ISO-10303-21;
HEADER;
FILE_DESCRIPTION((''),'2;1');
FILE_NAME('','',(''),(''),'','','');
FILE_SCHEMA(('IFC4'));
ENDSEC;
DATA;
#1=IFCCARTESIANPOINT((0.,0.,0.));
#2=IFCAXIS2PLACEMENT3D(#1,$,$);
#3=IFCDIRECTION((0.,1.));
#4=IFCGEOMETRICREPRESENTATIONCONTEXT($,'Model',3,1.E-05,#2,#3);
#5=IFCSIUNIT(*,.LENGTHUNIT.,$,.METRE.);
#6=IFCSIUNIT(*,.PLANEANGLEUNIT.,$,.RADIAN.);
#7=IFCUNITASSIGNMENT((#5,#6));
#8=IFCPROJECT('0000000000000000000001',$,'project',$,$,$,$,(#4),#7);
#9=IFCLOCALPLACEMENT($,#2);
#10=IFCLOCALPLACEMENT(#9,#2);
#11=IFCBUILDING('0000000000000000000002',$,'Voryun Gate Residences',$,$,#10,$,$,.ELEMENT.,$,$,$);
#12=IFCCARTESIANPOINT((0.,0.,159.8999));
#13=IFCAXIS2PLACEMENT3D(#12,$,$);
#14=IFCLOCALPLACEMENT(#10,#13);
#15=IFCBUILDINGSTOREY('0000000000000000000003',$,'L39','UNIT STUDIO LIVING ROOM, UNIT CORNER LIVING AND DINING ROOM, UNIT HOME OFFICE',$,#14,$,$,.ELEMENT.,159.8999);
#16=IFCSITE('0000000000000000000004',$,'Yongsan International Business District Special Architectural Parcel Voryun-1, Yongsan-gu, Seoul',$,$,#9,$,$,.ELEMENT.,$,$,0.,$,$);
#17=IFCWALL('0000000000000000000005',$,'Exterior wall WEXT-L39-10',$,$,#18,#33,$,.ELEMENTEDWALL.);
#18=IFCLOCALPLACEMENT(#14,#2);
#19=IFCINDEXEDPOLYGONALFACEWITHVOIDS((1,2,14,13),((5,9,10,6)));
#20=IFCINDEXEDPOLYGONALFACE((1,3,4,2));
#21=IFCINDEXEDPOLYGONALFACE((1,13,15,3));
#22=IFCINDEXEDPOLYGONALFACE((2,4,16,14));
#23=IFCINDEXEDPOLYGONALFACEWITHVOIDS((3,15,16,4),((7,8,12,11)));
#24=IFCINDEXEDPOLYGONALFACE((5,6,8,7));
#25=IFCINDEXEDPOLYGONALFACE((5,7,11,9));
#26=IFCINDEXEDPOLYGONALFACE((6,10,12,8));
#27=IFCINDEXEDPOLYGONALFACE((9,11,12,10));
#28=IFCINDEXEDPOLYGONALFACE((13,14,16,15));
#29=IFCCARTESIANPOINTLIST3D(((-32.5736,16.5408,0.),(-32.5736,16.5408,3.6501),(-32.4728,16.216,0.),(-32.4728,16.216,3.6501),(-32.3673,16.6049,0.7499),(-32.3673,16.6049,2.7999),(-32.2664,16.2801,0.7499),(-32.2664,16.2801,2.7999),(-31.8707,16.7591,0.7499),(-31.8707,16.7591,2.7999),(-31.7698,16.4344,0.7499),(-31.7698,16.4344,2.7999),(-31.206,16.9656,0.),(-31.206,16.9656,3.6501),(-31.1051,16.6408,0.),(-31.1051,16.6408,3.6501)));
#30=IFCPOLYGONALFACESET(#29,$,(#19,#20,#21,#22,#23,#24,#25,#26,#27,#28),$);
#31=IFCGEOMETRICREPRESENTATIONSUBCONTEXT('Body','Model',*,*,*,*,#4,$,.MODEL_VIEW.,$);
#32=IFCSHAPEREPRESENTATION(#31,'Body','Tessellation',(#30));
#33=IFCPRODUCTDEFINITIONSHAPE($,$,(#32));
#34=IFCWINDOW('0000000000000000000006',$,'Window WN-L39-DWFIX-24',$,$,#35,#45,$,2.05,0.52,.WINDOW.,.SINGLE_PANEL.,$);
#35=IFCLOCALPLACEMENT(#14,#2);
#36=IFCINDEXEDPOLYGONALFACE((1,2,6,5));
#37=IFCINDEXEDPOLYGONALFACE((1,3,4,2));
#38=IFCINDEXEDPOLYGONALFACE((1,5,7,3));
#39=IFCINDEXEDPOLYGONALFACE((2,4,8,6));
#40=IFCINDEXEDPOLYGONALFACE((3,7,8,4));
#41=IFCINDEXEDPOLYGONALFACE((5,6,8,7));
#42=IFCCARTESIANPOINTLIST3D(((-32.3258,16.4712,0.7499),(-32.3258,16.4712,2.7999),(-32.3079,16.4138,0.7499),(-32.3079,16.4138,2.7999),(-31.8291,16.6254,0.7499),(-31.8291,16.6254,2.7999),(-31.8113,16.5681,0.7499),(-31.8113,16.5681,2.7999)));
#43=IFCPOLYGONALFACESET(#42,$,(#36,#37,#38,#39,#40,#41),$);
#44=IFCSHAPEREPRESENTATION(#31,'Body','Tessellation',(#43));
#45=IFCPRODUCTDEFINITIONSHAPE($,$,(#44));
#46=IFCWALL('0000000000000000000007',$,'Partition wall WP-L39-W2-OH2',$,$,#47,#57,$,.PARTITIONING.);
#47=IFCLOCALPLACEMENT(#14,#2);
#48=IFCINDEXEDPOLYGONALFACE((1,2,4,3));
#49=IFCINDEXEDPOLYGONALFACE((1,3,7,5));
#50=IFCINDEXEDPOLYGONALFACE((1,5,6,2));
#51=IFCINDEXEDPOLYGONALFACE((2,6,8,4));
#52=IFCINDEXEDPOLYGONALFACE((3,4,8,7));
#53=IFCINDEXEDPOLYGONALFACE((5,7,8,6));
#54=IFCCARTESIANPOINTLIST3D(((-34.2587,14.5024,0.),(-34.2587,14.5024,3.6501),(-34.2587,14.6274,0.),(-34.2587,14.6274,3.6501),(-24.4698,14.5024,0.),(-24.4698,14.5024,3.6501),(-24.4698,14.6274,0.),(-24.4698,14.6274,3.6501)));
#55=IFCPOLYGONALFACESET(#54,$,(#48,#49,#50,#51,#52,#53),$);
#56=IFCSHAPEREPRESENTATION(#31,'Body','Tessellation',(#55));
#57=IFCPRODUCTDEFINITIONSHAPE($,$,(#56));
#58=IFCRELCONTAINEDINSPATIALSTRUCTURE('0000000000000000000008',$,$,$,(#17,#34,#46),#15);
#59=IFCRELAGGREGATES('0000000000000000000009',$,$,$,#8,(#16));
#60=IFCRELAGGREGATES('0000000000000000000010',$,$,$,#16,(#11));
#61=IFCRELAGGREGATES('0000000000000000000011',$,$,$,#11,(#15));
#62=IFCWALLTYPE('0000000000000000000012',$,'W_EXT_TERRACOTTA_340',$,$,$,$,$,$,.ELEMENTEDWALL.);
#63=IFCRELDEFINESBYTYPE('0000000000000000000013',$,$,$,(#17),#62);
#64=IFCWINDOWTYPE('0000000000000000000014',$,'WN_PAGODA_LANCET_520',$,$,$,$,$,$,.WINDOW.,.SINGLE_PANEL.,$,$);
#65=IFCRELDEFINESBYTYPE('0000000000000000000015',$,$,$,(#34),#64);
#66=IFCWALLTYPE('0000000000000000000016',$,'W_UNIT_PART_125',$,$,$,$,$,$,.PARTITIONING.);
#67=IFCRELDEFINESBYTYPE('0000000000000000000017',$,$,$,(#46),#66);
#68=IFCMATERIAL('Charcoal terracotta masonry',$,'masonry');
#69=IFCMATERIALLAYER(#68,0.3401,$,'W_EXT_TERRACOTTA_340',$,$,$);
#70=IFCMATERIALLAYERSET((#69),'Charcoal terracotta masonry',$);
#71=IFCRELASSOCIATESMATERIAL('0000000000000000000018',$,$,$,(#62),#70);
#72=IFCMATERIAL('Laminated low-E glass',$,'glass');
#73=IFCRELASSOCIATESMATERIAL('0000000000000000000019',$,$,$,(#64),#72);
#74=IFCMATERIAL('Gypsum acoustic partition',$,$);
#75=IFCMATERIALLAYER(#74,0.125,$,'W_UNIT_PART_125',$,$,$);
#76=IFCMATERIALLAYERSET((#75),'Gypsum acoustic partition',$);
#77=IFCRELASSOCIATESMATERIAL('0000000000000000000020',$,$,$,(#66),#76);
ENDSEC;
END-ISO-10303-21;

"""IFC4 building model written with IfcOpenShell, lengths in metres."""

from ifc_helpers import new_model, si_unit, direction, frame, frame_2d, origin, place, context, subcontext, project, spatial, rectangle, extrude, material, layer, layer_set, type_object, element, fill, save


model = new_model("IFC4")

# Units and contexts
model_context = context("Model", 3, precision=1e-05, world=origin(), true_north=direction((0.0, 1.0)))
body_context = subcontext(model_context, "Body", "Model", "MODEL_VIEW")
ifc_project = project(units=[si_unit("LENGTHUNIT", "METRE"), si_unit("PLANEANGLEUNIT", "RADIAN")], contexts=[model_context])

# Site, building, storey
site_placement = place(None, origin())
site = spatial("IfcSite", under=ifc_project, at=site_placement, Name="Yongsan International Business District Special Architectural Parcel Voryun-1, Yongsan-gu, Seoul", CompositionType="ELEMENT", RefElevation=0.0)
building_placement = place(site_placement, origin())
building = spatial("IfcBuilding", under=site, at=building_placement, Name="Voryun Gate Residences", CompositionType="ELEMENT")
storey_placement = place(building_placement, frame((0.0, 0.0, 159.8999)))
storey = spatial("IfcBuildingStorey", under=building, at=storey_placement, Name="L39", Description="UNIT STUDIO LIVING ROOM, UNIT CORNER LIVING AND DINING ROOM, UNIT HOME OFFICE", CompositionType="ELEMENT", Elevation=159.8999)

# Shared definitions
ifc_material_1 = material(Name="Charcoal terracotta masonry", Category="masonry")
ifc_layer_1 = layer(ifc_material_1, 0.3401, Name="W_EXT_TERRACOTTA_340")
ifc_layer_set_1 = layer_set([ifc_layer_1], Name="Charcoal terracotta masonry")
wall_type_1 = type_object("IfcWallType", Name="W_EXT_TERRACOTTA_340", PredefinedType="ELEMENTEDWALL", material=ifc_layer_set_1)

# Wall, opening, window
wall_1_placement = place(storey_placement, frame((-32.5232, 16.3784, 0.0), z_axis=(0.0, 0.0, 1.0), x_axis=(0.954994, 0.296624, 0.0)))
wall_1 = element("IfcWall", 1, at=wall_1_placement, inside=storey, type_object=wall_type_1, Name="Exterior wall WEXT-L39-10", PredefinedType="ELEMENTEDWALL", context=body_context, shape_type="SweptSolid", body=[
    extrude(rectangle(XDim=1.4321, YDim=0.3401, at=frame_2d((0.7161, 0.0))), origin(), (0.0, 0.0, 1.0), 3.6501),
])
opening_1_placement = place(wall_1_placement, frame((0.2161, 0.0, 0.75)))
opening_1 = element("IfcOpeningElement", 2, at=opening_1_placement, cuts=wall_1, PredefinedType="OPENING", context=body_context, shape_type="SweptSolid", body=[
    extrude(rectangle(XDim=0.52, YDim=2.05, at=frame_2d((0.26, 1.0249))), frame((0.0, 0.1799, 0.0), z_axis=(0.0, -1.0, 0.0), x_axis=(1.0, 0.0, 0.0)), (0.0, 0.0, 1.0), 0.3601),
])
ifc_material_2 = material(Name="Laminated low-E glass", Category="glass")
window_type_1 = type_object("IfcWindowType", Name="WN_PAGODA_LANCET_520", PartitioningType="SINGLE_PANEL", PredefinedType="WINDOW", material=ifc_material_2)
window_1_placement = place(opening_1_placement, origin())
window_1 = element("IfcWindow", 3, at=window_1_placement, inside=storey, type_object=window_type_1, Name="Window WN-L39-DWFIX-24", OverallHeight=2.05, OverallWidth=0.52, PartitioningType="SINGLE_PANEL", PredefinedType="WINDOW", context=body_context, shape_type="SweptSolid", body=[
    extrude(rectangle(XDim=0.52, YDim=2.05, at=frame_2d((0.26, 1.0249))), frame((0.0, 0.03, 0.0), z_axis=(0.0, -1.0, 0.0), x_axis=(1.0, 0.0, 0.0)), (0.0, 0.0, 1.0), 0.0601),
])
fill(opening_1, window_1)

# Wall
ifc_material_3 = material(Name="Gypsum acoustic partition")
ifc_layer_2 = layer(ifc_material_3, 0.125, Name="W_UNIT_PART_125")
ifc_layer_set_2 = layer_set([ifc_layer_2], Name="Gypsum acoustic partition")
wall_type_2 = type_object("IfcWallType", Name="W_UNIT_PART_125", PredefinedType="PARTITIONING", material=ifc_layer_set_2)
wall_2_placement = place(storey_placement, frame((-34.2588, 14.5649, 0.0), z_axis=(0.0, 0.0, 1.0), x_axis=(1.0, 0.0, 0.0)))
element("IfcWall", 4, at=wall_2_placement, inside=storey, type_object=wall_type_2, Name="Partition wall WP-L39-W2-OH2", PredefinedType="PARTITIONING", context=body_context, shape_type="SweptSolid", body=[
    extrude(rectangle(XDim=9.7888, YDim=0.125, at=frame_2d((4.8945, 0.0))), origin(), (0.0, 0.0, 1.0), 3.6501),
])

save(model, "model.ifc")
